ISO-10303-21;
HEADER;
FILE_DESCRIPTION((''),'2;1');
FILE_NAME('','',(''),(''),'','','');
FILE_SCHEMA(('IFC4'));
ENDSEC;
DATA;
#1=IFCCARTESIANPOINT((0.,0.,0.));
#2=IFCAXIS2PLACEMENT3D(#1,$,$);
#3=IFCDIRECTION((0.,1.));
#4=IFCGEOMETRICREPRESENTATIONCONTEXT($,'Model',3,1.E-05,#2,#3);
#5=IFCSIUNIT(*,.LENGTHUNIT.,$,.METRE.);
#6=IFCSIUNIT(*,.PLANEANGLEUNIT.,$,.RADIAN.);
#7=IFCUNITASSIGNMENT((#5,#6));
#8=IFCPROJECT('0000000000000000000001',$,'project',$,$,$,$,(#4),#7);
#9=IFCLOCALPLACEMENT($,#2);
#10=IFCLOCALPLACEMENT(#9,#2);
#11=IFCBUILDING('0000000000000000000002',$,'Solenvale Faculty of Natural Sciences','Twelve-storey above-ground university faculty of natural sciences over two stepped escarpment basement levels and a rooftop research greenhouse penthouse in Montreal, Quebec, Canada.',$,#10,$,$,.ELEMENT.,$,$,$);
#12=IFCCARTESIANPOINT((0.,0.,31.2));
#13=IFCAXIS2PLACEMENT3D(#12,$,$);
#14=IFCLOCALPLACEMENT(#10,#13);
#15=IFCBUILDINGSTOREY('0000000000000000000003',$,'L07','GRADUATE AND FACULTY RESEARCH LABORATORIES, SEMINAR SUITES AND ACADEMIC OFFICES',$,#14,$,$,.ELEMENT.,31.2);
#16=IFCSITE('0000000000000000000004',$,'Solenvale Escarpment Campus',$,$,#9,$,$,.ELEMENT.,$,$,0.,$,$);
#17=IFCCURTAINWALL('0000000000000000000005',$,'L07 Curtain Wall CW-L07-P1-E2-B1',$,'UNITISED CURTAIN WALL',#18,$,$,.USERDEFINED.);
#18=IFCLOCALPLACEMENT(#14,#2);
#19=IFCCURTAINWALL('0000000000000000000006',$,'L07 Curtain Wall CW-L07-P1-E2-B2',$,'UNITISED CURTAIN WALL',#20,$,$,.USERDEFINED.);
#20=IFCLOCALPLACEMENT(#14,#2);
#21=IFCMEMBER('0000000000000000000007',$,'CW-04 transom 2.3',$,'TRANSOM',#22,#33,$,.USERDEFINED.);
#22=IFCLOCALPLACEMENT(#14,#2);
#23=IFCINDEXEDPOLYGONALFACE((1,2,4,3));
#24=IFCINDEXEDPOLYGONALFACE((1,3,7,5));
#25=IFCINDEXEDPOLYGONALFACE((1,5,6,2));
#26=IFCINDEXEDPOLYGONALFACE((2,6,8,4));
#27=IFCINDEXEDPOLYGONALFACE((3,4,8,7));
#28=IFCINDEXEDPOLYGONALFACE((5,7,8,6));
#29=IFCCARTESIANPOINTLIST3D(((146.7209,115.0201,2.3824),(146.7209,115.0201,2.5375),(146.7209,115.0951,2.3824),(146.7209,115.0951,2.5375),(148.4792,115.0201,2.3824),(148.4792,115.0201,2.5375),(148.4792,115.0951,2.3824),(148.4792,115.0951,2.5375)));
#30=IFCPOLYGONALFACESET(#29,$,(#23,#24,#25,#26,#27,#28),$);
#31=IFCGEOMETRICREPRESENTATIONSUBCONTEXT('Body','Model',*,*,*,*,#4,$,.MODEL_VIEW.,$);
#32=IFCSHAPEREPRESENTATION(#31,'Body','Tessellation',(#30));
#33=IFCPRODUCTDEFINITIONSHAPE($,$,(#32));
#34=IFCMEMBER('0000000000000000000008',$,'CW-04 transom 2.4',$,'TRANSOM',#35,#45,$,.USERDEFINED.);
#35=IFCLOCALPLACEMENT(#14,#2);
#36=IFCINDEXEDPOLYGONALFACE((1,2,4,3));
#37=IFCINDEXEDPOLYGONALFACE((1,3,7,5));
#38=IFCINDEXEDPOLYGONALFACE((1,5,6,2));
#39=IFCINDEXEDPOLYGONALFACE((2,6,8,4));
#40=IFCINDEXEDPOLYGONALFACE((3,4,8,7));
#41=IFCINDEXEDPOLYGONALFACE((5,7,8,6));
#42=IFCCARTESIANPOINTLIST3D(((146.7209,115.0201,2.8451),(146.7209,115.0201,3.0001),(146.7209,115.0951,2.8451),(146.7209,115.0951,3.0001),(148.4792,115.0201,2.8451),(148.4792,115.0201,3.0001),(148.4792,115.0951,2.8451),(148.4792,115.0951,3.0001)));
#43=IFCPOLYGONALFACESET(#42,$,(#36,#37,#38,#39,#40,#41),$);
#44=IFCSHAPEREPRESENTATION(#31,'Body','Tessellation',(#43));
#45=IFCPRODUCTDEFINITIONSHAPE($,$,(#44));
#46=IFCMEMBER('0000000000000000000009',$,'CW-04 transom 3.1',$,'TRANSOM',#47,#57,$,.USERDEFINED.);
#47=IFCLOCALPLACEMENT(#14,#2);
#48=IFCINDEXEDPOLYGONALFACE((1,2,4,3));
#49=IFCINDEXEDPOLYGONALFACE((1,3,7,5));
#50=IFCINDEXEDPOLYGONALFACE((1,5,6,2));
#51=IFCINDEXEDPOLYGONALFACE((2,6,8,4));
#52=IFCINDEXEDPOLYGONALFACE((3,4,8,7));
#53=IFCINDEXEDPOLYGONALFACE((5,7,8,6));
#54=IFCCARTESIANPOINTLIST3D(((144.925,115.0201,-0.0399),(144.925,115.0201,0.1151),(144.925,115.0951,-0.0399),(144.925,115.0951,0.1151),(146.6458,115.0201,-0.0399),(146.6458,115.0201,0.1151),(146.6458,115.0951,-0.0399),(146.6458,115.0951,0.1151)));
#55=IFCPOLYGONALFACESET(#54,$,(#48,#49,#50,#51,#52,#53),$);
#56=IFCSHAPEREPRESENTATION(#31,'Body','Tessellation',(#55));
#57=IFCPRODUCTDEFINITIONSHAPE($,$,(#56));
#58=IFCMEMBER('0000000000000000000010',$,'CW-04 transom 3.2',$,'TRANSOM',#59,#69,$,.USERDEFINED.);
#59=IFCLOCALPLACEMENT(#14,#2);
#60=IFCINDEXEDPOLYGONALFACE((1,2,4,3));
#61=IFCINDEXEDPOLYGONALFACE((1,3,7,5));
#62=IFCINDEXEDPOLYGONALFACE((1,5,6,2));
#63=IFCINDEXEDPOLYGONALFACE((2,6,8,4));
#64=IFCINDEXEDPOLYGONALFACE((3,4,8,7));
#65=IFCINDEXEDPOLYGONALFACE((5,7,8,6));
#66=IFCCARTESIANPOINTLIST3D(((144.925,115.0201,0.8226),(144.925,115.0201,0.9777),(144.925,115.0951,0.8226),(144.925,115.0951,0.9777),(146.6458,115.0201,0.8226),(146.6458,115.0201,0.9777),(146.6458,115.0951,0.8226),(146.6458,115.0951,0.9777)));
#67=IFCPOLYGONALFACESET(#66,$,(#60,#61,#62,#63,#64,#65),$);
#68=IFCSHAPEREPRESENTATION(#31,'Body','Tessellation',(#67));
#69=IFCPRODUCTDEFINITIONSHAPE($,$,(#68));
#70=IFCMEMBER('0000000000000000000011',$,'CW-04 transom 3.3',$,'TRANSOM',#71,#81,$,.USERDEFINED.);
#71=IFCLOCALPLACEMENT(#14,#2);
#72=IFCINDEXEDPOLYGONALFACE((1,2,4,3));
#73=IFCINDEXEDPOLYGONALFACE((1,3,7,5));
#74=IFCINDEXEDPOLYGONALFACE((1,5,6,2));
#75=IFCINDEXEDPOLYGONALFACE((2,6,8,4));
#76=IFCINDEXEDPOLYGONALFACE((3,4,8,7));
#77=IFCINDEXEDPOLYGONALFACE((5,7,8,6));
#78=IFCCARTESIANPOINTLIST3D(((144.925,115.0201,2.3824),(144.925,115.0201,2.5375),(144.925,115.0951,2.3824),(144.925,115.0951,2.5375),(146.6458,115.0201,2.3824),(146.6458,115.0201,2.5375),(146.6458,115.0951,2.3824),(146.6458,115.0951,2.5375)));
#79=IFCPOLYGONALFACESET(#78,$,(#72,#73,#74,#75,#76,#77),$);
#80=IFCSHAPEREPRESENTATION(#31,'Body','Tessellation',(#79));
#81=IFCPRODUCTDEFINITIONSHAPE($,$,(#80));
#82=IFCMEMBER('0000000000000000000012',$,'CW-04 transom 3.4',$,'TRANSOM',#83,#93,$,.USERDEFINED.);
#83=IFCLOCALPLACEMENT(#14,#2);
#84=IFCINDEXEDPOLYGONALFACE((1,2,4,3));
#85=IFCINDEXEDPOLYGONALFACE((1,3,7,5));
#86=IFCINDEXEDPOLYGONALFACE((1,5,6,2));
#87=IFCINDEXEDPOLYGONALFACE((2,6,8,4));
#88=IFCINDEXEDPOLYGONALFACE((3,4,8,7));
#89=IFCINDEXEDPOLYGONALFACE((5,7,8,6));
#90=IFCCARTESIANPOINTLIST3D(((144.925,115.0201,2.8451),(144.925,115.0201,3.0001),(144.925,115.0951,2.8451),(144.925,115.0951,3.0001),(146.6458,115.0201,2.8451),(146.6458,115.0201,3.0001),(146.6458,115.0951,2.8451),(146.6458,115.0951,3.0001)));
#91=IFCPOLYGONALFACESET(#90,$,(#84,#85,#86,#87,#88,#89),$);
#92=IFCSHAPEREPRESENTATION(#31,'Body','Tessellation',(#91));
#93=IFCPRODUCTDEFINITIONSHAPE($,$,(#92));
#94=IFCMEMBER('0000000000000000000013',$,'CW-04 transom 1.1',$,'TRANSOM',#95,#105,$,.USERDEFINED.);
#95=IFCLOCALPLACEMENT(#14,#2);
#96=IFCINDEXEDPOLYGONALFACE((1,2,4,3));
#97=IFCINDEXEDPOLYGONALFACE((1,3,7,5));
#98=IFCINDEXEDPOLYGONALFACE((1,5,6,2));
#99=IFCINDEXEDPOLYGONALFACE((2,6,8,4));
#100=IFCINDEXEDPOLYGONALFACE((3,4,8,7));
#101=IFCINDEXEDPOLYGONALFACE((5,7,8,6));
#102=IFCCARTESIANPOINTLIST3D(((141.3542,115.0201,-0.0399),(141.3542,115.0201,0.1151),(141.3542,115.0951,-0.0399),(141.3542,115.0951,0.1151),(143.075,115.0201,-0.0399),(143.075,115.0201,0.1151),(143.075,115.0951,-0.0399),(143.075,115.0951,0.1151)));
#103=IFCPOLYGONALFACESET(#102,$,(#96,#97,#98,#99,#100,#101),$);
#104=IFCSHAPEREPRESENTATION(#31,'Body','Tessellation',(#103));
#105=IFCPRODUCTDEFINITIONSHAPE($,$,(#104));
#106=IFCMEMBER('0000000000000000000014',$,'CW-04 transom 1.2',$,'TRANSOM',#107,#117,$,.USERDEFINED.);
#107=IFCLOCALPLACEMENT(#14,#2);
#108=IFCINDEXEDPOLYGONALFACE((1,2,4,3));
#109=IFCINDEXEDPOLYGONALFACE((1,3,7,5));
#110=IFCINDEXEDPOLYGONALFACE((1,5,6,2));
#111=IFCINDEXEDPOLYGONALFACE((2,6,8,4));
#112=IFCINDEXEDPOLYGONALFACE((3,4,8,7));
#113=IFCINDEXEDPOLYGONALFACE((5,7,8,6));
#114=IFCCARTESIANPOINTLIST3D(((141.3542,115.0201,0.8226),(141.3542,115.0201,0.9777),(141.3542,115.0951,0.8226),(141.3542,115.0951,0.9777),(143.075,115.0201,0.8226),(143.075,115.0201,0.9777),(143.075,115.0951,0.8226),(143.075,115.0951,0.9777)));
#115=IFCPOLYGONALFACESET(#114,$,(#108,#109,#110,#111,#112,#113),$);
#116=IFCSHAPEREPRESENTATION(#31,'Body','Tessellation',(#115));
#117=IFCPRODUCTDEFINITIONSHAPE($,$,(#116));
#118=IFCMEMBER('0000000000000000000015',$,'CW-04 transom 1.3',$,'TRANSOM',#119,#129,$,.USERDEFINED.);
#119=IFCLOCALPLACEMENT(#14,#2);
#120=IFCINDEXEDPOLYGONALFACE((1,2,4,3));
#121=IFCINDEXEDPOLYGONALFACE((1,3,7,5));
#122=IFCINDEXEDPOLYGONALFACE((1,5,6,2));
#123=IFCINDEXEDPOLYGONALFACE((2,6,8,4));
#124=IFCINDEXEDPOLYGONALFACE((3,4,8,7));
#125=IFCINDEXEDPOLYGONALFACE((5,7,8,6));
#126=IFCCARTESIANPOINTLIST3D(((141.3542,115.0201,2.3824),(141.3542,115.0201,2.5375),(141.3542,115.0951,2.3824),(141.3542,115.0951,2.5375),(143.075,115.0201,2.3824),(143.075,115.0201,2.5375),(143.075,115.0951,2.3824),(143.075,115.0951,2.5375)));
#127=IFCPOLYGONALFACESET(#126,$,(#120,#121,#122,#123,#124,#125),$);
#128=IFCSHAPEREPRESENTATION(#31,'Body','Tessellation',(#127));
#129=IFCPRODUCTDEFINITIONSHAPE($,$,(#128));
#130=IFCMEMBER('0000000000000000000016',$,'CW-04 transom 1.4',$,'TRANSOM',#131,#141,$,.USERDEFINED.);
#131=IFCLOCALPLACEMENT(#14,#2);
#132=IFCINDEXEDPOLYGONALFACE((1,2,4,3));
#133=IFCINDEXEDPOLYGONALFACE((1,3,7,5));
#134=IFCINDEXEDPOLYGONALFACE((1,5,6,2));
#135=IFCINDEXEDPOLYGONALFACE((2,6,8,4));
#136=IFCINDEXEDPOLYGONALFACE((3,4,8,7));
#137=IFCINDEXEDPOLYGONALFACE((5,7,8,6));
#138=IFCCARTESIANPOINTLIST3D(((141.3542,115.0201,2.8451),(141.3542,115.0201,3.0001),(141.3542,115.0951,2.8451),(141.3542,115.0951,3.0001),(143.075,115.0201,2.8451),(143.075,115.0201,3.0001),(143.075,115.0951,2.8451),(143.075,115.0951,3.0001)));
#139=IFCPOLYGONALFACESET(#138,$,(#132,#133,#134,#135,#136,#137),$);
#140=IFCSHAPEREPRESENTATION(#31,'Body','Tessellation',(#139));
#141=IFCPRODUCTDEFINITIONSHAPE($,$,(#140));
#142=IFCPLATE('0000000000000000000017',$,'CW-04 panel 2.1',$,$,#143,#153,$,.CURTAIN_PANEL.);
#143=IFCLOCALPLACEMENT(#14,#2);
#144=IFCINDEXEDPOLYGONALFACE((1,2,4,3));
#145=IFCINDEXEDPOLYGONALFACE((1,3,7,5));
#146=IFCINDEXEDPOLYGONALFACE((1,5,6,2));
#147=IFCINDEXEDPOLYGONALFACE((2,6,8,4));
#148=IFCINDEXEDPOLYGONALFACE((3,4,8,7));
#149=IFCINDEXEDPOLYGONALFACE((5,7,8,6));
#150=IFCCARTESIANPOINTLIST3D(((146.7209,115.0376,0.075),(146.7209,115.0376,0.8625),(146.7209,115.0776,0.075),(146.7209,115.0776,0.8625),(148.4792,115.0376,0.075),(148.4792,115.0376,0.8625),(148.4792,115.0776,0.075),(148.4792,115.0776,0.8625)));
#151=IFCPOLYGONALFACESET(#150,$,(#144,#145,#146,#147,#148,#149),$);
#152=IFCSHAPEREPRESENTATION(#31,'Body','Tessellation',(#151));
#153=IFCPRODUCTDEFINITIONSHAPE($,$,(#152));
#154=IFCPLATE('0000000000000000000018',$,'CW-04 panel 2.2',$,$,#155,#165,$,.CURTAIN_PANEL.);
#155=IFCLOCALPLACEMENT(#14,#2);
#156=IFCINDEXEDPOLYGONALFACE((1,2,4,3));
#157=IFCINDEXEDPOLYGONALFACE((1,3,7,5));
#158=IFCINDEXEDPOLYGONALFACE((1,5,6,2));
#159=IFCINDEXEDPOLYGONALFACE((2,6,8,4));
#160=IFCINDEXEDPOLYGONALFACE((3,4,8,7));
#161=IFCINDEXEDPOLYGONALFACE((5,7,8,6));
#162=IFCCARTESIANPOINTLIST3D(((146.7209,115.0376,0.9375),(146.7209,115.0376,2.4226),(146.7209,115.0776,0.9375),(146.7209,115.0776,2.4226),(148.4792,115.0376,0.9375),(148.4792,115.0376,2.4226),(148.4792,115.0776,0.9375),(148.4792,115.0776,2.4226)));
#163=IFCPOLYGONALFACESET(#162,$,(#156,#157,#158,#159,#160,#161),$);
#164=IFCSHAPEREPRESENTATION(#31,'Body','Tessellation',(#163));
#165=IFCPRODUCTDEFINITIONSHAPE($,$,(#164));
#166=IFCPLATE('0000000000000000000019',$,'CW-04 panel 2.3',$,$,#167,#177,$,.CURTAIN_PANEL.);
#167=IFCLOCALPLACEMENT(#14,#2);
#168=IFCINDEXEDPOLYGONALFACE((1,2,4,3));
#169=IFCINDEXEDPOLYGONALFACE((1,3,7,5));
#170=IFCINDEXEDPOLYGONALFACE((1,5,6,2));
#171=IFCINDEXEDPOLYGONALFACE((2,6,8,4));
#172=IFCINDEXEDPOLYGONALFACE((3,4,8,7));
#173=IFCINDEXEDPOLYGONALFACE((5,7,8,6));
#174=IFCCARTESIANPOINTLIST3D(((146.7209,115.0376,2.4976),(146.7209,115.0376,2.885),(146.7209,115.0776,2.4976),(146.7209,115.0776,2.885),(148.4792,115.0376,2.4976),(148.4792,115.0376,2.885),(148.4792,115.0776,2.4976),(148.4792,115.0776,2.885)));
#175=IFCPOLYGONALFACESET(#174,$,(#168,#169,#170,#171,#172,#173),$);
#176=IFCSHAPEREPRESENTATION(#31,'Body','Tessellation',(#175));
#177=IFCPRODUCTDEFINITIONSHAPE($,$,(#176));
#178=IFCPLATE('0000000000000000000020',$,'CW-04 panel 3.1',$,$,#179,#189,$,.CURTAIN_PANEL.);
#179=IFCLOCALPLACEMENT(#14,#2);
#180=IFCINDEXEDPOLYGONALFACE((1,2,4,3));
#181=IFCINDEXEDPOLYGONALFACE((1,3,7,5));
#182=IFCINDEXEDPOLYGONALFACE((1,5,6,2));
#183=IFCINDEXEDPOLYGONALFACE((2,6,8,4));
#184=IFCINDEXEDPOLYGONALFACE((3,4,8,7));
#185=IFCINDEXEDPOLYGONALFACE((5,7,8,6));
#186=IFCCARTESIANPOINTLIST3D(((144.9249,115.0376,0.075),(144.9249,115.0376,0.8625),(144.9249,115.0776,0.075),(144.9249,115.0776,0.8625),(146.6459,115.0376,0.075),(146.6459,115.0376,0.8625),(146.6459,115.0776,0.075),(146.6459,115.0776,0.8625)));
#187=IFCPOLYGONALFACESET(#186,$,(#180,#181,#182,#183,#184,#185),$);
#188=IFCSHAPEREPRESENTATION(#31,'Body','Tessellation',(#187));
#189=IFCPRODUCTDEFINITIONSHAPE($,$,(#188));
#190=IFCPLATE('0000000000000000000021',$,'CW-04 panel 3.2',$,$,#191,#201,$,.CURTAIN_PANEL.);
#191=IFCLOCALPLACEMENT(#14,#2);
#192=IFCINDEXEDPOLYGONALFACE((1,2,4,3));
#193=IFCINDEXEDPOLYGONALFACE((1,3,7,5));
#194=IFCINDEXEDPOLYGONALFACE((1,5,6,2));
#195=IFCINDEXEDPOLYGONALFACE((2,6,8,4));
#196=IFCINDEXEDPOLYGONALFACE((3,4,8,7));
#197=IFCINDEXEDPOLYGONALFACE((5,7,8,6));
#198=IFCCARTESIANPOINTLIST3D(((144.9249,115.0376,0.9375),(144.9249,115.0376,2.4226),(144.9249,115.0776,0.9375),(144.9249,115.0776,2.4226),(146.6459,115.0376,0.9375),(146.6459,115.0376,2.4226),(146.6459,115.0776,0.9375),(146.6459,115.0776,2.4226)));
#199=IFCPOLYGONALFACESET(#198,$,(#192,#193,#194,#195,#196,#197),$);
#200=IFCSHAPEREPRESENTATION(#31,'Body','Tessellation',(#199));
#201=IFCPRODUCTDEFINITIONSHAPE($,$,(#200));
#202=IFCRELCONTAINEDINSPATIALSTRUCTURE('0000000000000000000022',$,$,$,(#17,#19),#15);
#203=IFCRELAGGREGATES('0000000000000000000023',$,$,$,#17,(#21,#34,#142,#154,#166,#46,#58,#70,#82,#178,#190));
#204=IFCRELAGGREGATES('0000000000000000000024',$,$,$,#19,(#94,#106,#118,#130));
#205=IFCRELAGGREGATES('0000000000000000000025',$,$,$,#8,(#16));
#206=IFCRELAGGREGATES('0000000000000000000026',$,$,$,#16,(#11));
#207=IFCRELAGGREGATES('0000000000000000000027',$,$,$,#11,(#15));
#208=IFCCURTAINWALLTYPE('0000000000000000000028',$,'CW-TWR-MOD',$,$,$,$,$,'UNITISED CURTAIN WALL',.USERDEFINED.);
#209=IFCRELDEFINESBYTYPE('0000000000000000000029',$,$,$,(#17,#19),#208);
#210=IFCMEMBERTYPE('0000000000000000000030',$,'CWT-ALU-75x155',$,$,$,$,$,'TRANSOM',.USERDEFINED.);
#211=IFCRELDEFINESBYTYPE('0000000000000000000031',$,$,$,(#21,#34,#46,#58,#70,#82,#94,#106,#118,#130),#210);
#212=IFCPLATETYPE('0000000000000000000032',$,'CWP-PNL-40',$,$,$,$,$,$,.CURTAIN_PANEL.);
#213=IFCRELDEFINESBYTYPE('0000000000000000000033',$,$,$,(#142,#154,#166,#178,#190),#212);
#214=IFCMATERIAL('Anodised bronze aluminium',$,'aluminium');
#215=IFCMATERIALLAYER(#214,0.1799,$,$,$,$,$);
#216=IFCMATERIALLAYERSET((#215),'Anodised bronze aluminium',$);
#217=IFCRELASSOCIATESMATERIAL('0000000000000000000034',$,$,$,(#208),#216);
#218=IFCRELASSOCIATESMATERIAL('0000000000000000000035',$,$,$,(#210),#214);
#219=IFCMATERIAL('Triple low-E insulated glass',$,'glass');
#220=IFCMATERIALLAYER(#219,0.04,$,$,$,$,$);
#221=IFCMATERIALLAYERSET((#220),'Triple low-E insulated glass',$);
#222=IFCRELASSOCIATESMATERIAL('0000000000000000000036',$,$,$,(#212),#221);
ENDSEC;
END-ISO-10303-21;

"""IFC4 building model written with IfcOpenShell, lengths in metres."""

from ifc_helpers import new_model, si_unit, direction, frame, origin, origin_2d, place, context, subcontext, project, spatial, rectangle, extrude, material, layer, layer_set, material_profile, profile_set, type_object, element, aggregate, save


model = new_model("IFC4")

# Units and contexts
model_context = context("Model", 3, precision=1e-05, world=origin(), true_north=direction((0.0, 1.0)))
body_context = subcontext(model_context, "Body", "Model", "MODEL_VIEW")
ifc_project = project(units=[si_unit("LENGTHUNIT", "METRE"), si_unit("PLANEANGLEUNIT", "RADIAN")], contexts=[model_context])

# Site, building, storey
site_placement = place(None, origin())
site = spatial("IfcSite", under=ifc_project, at=site_placement, Name="Solenvale Escarpment Campus", CompositionType="ELEMENT", RefElevation=0.0)
building_placement = place(site_placement, origin())
building = spatial("IfcBuilding", under=site, at=building_placement, Name="Solenvale Faculty of Natural Sciences", Description="Twelve-storey above-ground university faculty of natural sciences over two stepped escarpment basement levels and a rooftop research greenhouse penthouse in Montreal, Quebec, Canada.", CompositionType="ELEMENT")
storey_placement = place(building_placement, frame((0.0, 0.0, 31.2)))
storey = spatial("IfcBuildingStorey", under=building, at=storey_placement, Name="L07", Description="GRADUATE AND FACULTY RESEARCH LABORATORIES, SEMINAR SUITES AND ACADEMIC OFFICES", CompositionType="ELEMENT", Elevation=31.2)

# Curtain wall
ifc_material_1 = material(Name="Anodised bronze aluminium", Category="aluminium")
ifc_layer_1 = layer(ifc_material_1, 0.1799)
ifc_layer_set_1 = layer_set([ifc_layer_1], Name="Anodised bronze aluminium")
curtain_wall_type = type_object("IfcCurtainWallType", Name="CW-TWR-MOD", ElementType="UNITISED CURTAIN WALL", PredefinedType="USERDEFINED", material=ifc_layer_set_1)
curtain_wall_1_placement = place(storey_placement, origin())
curtain_wall_1 = element("IfcCurtainWall", 1, at=curtain_wall_1_placement, inside=storey, type_object=curtain_wall_type, Name="L07 Curtain Wall CW-L07-P1-E2-B1", ObjectType="UNITISED CURTAIN WALL", PredefinedType="USERDEFINED")

# Curtain wall
curtain_wall_2_placement = place(storey_placement, origin())
curtain_wall_2 = element("IfcCurtainWall", 2, at=curtain_wall_2_placement, inside=storey, type_object=curtain_wall_type, Name="L07 Curtain Wall CW-L07-P1-E2-B2", ObjectType="UNITISED CURTAIN WALL", PredefinedType="USERDEFINED")

# Members
ifc_material_profile_1 = material_profile(ifc_material_1, rectangle(XDim=0.075, YDim=0.155, at=origin_2d()), Name="ALU-TRN-75x155")
ifc_profile_set_1 = profile_set([ifc_material_profile_1], Name="Anodised bronze aluminium")
member_type_1 = type_object("IfcMemberType", Name="CWT-ALU-75x155", ElementType="TRANSOM", PredefinedType="USERDEFINED", material=ifc_profile_set_1)
member_1_placement = place(storey_placement, frame((148.4792, 115.0576, 2.46), z_axis=(-1.0, 0.0, 0.0), x_axis=(0.0, -1.0, 0.0)))
member_1 = element("IfcMember", 3, at=member_1_placement, type_object=member_type_1, Name="CW-04 transom 2.3", ObjectType="TRANSOM", PredefinedType="USERDEFINED", context=body_context, shape_type="SweptSolid", body=[
    extrude(rectangle(XDim=0.075, YDim=0.155, at=origin_2d()), origin(), (0.0, 0.0, 1.0), 1.7583),
])
member_2_placement = place(storey_placement, frame((148.4792, 115.0576, 2.9226), z_axis=(-1.0, 0.0, 0.0), x_axis=(0.0, -1.0, 0.0)))
member_2 = element("IfcMember", 4, at=member_2_placement, type_object=member_type_1, Name="CW-04 transom 2.4", ObjectType="TRANSOM", PredefinedType="USERDEFINED", context=body_context, shape_type="SweptSolid", body=[
    extrude(rectangle(XDim=0.075, YDim=0.155, at=origin_2d()), origin(), (0.0, 0.0, 1.0), 1.7583),
])
member_3_placement = place(storey_placement, frame((146.6458, 115.0576, 0.0376), z_axis=(-1.0, 0.0, 0.0), x_axis=(0.0, -1.0, 0.0)))
member_3 = element("IfcMember", 5, at=member_3_placement, type_object=member_type_1, Name="CW-04 transom 3.1", ObjectType="TRANSOM", PredefinedType="USERDEFINED", context=body_context, shape_type="SweptSolid", body=[
    extrude(rectangle(XDim=0.075, YDim=0.155, at=origin_2d()), origin(), (0.0, 0.0, 1.0), 1.7207),
])
member_4_placement = place(storey_placement, frame((146.6458, 115.0576, 0.9001), z_axis=(-1.0, 0.0, 0.0), x_axis=(0.0, -1.0, 0.0)))
member_4 = element("IfcMember", 6, at=member_4_placement, type_object=member_type_1, Name="CW-04 transom 3.2", ObjectType="TRANSOM", PredefinedType="USERDEFINED", context=body_context, shape_type="SweptSolid", body=[
    extrude(rectangle(XDim=0.075, YDim=0.155, at=origin_2d()), origin(), (0.0, 0.0, 1.0), 1.7207),
])
member_5_placement = place(storey_placement, frame((146.6458, 115.0576, 2.46), z_axis=(-1.0, 0.0, 0.0), x_axis=(0.0, -1.0, 0.0)))
member_5 = element("IfcMember", 7, at=member_5_placement, type_object=member_type_1, Name="CW-04 transom 3.3", ObjectType="TRANSOM", PredefinedType="USERDEFINED", context=body_context, shape_type="SweptSolid", body=[
    extrude(rectangle(XDim=0.075, YDim=0.155, at=origin_2d()), origin(), (0.0, 0.0, 1.0), 1.7207),
])
member_6_placement = place(storey_placement, frame((146.6458, 115.0576, 2.9226), z_axis=(-1.0, 0.0, 0.0), x_axis=(0.0, -1.0, 0.0)))
member_6 = element("IfcMember", 8, at=member_6_placement, type_object=member_type_1, Name="CW-04 transom 3.4", ObjectType="TRANSOM", PredefinedType="USERDEFINED", context=body_context, shape_type="SweptSolid", body=[
    extrude(rectangle(XDim=0.075, YDim=0.155, at=origin_2d()), origin(), (0.0, 0.0, 1.0), 1.7207),
])
member_7_placement = place(storey_placement, frame((143.075, 115.0576, 0.0376), z_axis=(-1.0, 0.0, 0.0), x_axis=(0.0, -1.0, 0.0)))
member_7 = element("IfcMember", 9, at=member_7_placement, type_object=member_type_1, Name="CW-04 transom 1.1", ObjectType="TRANSOM", PredefinedType="USERDEFINED", context=body_context, shape_type="SweptSolid", body=[
    extrude(rectangle(XDim=0.075, YDim=0.155, at=origin_2d()), origin(), (0.0, 0.0, 1.0), 1.7207),
])
member_8_placement = place(storey_placement, frame((143.075, 115.0576, 0.9001), z_axis=(-1.0, 0.0, 0.0), x_axis=(0.0, -1.0, 0.0)))
member_8 = element("IfcMember", 10, at=member_8_placement, type_object=member_type_1, Name="CW-04 transom 1.2", ObjectType="TRANSOM", PredefinedType="USERDEFINED", context=body_context, shape_type="SweptSolid", body=[
    extrude(rectangle(XDim=0.075, YDim=0.155, at=origin_2d()), origin(), (0.0, 0.0, 1.0), 1.7207),
])
member_9_placement = place(storey_placement, frame((143.075, 115.0576, 2.46), z_axis=(-1.0, 0.0, 0.0), x_axis=(0.0, -1.0, 0.0)))
member_9 = element("IfcMember", 11, at=member_9_placement, type_object=member_type_1, Name="CW-04 transom 1.3", ObjectType="TRANSOM", PredefinedType="USERDEFINED", context=body_context, shape_type="SweptSolid", body=[
    extrude(rectangle(XDim=0.075, YDim=0.155, at=origin_2d()), origin(), (0.0, 0.0, 1.0), 1.7207),
])
member_10_placement = place(storey_placement, frame((143.075, 115.0576, 2.9226), z_axis=(-1.0, 0.0, 0.0), x_axis=(0.0, -1.0, 0.0)))
member_10 = element("IfcMember", 12, at=member_10_placement, type_object=member_type_1, Name="CW-04 transom 1.4", ObjectType="TRANSOM", PredefinedType="USERDEFINED", context=body_context, shape_type="SweptSolid", body=[
    extrude(rectangle(XDim=0.075, YDim=0.155, at=origin_2d()), origin(), (0.0, 0.0, 1.0), 1.7207),
])

# Plates
ifc_material_2 = material(Name="Triple low-E insulated glass", Category="glass")
ifc_layer_2 = layer(ifc_material_2, 0.04)
ifc_layer_set_2 = layer_set([ifc_layer_2], Name="Triple low-E insulated glass")
plate_type_1 = type_object("IfcPlateType", Name="CWP-PNL-40", PredefinedType="CURTAIN_PANEL", material=ifc_layer_set_2)
plate_1_placement = place(storey_placement, frame((147.6001, 115.0576, 0.075), z_axis=(0.0, 0.0, 1.0), x_axis=(-1.0, 0.0, 0.0)))
plate_1 = element("IfcPlate", 13, at=plate_1_placement, type_object=plate_type_1, Name="CW-04 panel 2.1", PredefinedType="CURTAIN_PANEL", context=body_context, shape_type="SweptSolid", body=[
    extrude(rectangle(XDim=1.7583, YDim=0.04, at=origin_2d()), origin(), (0.0, 0.0, 1.0), 0.7876),
])
plate_2_placement = place(storey_placement, frame((147.6001, 115.0576, 0.9375), z_axis=(0.0, 0.0, 1.0), x_axis=(-1.0, 0.0, 0.0)))
plate_2 = element("IfcPlate", 14, at=plate_2_placement, type_object=plate_type_1, Name="CW-04 panel 2.2", PredefinedType="CURTAIN_PANEL", context=body_context, shape_type="SweptSolid", body=[
    extrude(rectangle(XDim=1.7583, YDim=0.04, at=origin_2d()), origin(), (0.0, 0.0, 1.0), 1.4851),
])
plate_3_placement = place(storey_placement, frame((147.6001, 115.0576, 2.4976), z_axis=(0.0, 0.0, 1.0), x_axis=(-1.0, 0.0, 0.0)))
plate_3 = element("IfcPlate", 15, at=plate_3_placement, type_object=plate_type_1, Name="CW-04 panel 2.3", PredefinedType="CURTAIN_PANEL", context=body_context, shape_type="SweptSolid", body=[
    extrude(rectangle(XDim=1.7583, YDim=0.04, at=origin_2d()), origin(), (0.0, 0.0, 1.0), 0.3875),
])
plate_4_placement = place(storey_placement, frame((145.7854, 115.0576, 0.075), z_axis=(0.0, 0.0, 1.0), x_axis=(-1.0, 0.0, 0.0)))
plate_4 = element("IfcPlate", 16, at=plate_4_placement, type_object=plate_type_1, Name="CW-04 panel 3.1", PredefinedType="CURTAIN_PANEL", context=body_context, shape_type="SweptSolid", body=[
    extrude(rectangle(XDim=1.7209, YDim=0.04, at=origin_2d()), origin(), (0.0, 0.0, 1.0), 0.7876),
])
plate_5_placement = place(storey_placement, frame((145.7854, 115.0576, 0.9375), z_axis=(0.0, 0.0, 1.0), x_axis=(-1.0, 0.0, 0.0)))
plate_5 = element("IfcPlate", 17, at=plate_5_placement, type_object=plate_type_1, Name="CW-04 panel 3.2", PredefinedType="CURTAIN_PANEL", context=body_context, shape_type="SweptSolid", body=[
    extrude(rectangle(XDim=1.7209, YDim=0.04, at=origin_2d()), origin(), (0.0, 0.0, 1.0), 1.4851),
])
aggregate(curtain_wall_1, [member_1, member_2, plate_1, plate_2, plate_3, member_3, member_4, member_5, member_6, plate_4, plate_5])
aggregate(curtain_wall_2, [member_7, member_8, member_9, member_10])

save(model, "model.ifc")
